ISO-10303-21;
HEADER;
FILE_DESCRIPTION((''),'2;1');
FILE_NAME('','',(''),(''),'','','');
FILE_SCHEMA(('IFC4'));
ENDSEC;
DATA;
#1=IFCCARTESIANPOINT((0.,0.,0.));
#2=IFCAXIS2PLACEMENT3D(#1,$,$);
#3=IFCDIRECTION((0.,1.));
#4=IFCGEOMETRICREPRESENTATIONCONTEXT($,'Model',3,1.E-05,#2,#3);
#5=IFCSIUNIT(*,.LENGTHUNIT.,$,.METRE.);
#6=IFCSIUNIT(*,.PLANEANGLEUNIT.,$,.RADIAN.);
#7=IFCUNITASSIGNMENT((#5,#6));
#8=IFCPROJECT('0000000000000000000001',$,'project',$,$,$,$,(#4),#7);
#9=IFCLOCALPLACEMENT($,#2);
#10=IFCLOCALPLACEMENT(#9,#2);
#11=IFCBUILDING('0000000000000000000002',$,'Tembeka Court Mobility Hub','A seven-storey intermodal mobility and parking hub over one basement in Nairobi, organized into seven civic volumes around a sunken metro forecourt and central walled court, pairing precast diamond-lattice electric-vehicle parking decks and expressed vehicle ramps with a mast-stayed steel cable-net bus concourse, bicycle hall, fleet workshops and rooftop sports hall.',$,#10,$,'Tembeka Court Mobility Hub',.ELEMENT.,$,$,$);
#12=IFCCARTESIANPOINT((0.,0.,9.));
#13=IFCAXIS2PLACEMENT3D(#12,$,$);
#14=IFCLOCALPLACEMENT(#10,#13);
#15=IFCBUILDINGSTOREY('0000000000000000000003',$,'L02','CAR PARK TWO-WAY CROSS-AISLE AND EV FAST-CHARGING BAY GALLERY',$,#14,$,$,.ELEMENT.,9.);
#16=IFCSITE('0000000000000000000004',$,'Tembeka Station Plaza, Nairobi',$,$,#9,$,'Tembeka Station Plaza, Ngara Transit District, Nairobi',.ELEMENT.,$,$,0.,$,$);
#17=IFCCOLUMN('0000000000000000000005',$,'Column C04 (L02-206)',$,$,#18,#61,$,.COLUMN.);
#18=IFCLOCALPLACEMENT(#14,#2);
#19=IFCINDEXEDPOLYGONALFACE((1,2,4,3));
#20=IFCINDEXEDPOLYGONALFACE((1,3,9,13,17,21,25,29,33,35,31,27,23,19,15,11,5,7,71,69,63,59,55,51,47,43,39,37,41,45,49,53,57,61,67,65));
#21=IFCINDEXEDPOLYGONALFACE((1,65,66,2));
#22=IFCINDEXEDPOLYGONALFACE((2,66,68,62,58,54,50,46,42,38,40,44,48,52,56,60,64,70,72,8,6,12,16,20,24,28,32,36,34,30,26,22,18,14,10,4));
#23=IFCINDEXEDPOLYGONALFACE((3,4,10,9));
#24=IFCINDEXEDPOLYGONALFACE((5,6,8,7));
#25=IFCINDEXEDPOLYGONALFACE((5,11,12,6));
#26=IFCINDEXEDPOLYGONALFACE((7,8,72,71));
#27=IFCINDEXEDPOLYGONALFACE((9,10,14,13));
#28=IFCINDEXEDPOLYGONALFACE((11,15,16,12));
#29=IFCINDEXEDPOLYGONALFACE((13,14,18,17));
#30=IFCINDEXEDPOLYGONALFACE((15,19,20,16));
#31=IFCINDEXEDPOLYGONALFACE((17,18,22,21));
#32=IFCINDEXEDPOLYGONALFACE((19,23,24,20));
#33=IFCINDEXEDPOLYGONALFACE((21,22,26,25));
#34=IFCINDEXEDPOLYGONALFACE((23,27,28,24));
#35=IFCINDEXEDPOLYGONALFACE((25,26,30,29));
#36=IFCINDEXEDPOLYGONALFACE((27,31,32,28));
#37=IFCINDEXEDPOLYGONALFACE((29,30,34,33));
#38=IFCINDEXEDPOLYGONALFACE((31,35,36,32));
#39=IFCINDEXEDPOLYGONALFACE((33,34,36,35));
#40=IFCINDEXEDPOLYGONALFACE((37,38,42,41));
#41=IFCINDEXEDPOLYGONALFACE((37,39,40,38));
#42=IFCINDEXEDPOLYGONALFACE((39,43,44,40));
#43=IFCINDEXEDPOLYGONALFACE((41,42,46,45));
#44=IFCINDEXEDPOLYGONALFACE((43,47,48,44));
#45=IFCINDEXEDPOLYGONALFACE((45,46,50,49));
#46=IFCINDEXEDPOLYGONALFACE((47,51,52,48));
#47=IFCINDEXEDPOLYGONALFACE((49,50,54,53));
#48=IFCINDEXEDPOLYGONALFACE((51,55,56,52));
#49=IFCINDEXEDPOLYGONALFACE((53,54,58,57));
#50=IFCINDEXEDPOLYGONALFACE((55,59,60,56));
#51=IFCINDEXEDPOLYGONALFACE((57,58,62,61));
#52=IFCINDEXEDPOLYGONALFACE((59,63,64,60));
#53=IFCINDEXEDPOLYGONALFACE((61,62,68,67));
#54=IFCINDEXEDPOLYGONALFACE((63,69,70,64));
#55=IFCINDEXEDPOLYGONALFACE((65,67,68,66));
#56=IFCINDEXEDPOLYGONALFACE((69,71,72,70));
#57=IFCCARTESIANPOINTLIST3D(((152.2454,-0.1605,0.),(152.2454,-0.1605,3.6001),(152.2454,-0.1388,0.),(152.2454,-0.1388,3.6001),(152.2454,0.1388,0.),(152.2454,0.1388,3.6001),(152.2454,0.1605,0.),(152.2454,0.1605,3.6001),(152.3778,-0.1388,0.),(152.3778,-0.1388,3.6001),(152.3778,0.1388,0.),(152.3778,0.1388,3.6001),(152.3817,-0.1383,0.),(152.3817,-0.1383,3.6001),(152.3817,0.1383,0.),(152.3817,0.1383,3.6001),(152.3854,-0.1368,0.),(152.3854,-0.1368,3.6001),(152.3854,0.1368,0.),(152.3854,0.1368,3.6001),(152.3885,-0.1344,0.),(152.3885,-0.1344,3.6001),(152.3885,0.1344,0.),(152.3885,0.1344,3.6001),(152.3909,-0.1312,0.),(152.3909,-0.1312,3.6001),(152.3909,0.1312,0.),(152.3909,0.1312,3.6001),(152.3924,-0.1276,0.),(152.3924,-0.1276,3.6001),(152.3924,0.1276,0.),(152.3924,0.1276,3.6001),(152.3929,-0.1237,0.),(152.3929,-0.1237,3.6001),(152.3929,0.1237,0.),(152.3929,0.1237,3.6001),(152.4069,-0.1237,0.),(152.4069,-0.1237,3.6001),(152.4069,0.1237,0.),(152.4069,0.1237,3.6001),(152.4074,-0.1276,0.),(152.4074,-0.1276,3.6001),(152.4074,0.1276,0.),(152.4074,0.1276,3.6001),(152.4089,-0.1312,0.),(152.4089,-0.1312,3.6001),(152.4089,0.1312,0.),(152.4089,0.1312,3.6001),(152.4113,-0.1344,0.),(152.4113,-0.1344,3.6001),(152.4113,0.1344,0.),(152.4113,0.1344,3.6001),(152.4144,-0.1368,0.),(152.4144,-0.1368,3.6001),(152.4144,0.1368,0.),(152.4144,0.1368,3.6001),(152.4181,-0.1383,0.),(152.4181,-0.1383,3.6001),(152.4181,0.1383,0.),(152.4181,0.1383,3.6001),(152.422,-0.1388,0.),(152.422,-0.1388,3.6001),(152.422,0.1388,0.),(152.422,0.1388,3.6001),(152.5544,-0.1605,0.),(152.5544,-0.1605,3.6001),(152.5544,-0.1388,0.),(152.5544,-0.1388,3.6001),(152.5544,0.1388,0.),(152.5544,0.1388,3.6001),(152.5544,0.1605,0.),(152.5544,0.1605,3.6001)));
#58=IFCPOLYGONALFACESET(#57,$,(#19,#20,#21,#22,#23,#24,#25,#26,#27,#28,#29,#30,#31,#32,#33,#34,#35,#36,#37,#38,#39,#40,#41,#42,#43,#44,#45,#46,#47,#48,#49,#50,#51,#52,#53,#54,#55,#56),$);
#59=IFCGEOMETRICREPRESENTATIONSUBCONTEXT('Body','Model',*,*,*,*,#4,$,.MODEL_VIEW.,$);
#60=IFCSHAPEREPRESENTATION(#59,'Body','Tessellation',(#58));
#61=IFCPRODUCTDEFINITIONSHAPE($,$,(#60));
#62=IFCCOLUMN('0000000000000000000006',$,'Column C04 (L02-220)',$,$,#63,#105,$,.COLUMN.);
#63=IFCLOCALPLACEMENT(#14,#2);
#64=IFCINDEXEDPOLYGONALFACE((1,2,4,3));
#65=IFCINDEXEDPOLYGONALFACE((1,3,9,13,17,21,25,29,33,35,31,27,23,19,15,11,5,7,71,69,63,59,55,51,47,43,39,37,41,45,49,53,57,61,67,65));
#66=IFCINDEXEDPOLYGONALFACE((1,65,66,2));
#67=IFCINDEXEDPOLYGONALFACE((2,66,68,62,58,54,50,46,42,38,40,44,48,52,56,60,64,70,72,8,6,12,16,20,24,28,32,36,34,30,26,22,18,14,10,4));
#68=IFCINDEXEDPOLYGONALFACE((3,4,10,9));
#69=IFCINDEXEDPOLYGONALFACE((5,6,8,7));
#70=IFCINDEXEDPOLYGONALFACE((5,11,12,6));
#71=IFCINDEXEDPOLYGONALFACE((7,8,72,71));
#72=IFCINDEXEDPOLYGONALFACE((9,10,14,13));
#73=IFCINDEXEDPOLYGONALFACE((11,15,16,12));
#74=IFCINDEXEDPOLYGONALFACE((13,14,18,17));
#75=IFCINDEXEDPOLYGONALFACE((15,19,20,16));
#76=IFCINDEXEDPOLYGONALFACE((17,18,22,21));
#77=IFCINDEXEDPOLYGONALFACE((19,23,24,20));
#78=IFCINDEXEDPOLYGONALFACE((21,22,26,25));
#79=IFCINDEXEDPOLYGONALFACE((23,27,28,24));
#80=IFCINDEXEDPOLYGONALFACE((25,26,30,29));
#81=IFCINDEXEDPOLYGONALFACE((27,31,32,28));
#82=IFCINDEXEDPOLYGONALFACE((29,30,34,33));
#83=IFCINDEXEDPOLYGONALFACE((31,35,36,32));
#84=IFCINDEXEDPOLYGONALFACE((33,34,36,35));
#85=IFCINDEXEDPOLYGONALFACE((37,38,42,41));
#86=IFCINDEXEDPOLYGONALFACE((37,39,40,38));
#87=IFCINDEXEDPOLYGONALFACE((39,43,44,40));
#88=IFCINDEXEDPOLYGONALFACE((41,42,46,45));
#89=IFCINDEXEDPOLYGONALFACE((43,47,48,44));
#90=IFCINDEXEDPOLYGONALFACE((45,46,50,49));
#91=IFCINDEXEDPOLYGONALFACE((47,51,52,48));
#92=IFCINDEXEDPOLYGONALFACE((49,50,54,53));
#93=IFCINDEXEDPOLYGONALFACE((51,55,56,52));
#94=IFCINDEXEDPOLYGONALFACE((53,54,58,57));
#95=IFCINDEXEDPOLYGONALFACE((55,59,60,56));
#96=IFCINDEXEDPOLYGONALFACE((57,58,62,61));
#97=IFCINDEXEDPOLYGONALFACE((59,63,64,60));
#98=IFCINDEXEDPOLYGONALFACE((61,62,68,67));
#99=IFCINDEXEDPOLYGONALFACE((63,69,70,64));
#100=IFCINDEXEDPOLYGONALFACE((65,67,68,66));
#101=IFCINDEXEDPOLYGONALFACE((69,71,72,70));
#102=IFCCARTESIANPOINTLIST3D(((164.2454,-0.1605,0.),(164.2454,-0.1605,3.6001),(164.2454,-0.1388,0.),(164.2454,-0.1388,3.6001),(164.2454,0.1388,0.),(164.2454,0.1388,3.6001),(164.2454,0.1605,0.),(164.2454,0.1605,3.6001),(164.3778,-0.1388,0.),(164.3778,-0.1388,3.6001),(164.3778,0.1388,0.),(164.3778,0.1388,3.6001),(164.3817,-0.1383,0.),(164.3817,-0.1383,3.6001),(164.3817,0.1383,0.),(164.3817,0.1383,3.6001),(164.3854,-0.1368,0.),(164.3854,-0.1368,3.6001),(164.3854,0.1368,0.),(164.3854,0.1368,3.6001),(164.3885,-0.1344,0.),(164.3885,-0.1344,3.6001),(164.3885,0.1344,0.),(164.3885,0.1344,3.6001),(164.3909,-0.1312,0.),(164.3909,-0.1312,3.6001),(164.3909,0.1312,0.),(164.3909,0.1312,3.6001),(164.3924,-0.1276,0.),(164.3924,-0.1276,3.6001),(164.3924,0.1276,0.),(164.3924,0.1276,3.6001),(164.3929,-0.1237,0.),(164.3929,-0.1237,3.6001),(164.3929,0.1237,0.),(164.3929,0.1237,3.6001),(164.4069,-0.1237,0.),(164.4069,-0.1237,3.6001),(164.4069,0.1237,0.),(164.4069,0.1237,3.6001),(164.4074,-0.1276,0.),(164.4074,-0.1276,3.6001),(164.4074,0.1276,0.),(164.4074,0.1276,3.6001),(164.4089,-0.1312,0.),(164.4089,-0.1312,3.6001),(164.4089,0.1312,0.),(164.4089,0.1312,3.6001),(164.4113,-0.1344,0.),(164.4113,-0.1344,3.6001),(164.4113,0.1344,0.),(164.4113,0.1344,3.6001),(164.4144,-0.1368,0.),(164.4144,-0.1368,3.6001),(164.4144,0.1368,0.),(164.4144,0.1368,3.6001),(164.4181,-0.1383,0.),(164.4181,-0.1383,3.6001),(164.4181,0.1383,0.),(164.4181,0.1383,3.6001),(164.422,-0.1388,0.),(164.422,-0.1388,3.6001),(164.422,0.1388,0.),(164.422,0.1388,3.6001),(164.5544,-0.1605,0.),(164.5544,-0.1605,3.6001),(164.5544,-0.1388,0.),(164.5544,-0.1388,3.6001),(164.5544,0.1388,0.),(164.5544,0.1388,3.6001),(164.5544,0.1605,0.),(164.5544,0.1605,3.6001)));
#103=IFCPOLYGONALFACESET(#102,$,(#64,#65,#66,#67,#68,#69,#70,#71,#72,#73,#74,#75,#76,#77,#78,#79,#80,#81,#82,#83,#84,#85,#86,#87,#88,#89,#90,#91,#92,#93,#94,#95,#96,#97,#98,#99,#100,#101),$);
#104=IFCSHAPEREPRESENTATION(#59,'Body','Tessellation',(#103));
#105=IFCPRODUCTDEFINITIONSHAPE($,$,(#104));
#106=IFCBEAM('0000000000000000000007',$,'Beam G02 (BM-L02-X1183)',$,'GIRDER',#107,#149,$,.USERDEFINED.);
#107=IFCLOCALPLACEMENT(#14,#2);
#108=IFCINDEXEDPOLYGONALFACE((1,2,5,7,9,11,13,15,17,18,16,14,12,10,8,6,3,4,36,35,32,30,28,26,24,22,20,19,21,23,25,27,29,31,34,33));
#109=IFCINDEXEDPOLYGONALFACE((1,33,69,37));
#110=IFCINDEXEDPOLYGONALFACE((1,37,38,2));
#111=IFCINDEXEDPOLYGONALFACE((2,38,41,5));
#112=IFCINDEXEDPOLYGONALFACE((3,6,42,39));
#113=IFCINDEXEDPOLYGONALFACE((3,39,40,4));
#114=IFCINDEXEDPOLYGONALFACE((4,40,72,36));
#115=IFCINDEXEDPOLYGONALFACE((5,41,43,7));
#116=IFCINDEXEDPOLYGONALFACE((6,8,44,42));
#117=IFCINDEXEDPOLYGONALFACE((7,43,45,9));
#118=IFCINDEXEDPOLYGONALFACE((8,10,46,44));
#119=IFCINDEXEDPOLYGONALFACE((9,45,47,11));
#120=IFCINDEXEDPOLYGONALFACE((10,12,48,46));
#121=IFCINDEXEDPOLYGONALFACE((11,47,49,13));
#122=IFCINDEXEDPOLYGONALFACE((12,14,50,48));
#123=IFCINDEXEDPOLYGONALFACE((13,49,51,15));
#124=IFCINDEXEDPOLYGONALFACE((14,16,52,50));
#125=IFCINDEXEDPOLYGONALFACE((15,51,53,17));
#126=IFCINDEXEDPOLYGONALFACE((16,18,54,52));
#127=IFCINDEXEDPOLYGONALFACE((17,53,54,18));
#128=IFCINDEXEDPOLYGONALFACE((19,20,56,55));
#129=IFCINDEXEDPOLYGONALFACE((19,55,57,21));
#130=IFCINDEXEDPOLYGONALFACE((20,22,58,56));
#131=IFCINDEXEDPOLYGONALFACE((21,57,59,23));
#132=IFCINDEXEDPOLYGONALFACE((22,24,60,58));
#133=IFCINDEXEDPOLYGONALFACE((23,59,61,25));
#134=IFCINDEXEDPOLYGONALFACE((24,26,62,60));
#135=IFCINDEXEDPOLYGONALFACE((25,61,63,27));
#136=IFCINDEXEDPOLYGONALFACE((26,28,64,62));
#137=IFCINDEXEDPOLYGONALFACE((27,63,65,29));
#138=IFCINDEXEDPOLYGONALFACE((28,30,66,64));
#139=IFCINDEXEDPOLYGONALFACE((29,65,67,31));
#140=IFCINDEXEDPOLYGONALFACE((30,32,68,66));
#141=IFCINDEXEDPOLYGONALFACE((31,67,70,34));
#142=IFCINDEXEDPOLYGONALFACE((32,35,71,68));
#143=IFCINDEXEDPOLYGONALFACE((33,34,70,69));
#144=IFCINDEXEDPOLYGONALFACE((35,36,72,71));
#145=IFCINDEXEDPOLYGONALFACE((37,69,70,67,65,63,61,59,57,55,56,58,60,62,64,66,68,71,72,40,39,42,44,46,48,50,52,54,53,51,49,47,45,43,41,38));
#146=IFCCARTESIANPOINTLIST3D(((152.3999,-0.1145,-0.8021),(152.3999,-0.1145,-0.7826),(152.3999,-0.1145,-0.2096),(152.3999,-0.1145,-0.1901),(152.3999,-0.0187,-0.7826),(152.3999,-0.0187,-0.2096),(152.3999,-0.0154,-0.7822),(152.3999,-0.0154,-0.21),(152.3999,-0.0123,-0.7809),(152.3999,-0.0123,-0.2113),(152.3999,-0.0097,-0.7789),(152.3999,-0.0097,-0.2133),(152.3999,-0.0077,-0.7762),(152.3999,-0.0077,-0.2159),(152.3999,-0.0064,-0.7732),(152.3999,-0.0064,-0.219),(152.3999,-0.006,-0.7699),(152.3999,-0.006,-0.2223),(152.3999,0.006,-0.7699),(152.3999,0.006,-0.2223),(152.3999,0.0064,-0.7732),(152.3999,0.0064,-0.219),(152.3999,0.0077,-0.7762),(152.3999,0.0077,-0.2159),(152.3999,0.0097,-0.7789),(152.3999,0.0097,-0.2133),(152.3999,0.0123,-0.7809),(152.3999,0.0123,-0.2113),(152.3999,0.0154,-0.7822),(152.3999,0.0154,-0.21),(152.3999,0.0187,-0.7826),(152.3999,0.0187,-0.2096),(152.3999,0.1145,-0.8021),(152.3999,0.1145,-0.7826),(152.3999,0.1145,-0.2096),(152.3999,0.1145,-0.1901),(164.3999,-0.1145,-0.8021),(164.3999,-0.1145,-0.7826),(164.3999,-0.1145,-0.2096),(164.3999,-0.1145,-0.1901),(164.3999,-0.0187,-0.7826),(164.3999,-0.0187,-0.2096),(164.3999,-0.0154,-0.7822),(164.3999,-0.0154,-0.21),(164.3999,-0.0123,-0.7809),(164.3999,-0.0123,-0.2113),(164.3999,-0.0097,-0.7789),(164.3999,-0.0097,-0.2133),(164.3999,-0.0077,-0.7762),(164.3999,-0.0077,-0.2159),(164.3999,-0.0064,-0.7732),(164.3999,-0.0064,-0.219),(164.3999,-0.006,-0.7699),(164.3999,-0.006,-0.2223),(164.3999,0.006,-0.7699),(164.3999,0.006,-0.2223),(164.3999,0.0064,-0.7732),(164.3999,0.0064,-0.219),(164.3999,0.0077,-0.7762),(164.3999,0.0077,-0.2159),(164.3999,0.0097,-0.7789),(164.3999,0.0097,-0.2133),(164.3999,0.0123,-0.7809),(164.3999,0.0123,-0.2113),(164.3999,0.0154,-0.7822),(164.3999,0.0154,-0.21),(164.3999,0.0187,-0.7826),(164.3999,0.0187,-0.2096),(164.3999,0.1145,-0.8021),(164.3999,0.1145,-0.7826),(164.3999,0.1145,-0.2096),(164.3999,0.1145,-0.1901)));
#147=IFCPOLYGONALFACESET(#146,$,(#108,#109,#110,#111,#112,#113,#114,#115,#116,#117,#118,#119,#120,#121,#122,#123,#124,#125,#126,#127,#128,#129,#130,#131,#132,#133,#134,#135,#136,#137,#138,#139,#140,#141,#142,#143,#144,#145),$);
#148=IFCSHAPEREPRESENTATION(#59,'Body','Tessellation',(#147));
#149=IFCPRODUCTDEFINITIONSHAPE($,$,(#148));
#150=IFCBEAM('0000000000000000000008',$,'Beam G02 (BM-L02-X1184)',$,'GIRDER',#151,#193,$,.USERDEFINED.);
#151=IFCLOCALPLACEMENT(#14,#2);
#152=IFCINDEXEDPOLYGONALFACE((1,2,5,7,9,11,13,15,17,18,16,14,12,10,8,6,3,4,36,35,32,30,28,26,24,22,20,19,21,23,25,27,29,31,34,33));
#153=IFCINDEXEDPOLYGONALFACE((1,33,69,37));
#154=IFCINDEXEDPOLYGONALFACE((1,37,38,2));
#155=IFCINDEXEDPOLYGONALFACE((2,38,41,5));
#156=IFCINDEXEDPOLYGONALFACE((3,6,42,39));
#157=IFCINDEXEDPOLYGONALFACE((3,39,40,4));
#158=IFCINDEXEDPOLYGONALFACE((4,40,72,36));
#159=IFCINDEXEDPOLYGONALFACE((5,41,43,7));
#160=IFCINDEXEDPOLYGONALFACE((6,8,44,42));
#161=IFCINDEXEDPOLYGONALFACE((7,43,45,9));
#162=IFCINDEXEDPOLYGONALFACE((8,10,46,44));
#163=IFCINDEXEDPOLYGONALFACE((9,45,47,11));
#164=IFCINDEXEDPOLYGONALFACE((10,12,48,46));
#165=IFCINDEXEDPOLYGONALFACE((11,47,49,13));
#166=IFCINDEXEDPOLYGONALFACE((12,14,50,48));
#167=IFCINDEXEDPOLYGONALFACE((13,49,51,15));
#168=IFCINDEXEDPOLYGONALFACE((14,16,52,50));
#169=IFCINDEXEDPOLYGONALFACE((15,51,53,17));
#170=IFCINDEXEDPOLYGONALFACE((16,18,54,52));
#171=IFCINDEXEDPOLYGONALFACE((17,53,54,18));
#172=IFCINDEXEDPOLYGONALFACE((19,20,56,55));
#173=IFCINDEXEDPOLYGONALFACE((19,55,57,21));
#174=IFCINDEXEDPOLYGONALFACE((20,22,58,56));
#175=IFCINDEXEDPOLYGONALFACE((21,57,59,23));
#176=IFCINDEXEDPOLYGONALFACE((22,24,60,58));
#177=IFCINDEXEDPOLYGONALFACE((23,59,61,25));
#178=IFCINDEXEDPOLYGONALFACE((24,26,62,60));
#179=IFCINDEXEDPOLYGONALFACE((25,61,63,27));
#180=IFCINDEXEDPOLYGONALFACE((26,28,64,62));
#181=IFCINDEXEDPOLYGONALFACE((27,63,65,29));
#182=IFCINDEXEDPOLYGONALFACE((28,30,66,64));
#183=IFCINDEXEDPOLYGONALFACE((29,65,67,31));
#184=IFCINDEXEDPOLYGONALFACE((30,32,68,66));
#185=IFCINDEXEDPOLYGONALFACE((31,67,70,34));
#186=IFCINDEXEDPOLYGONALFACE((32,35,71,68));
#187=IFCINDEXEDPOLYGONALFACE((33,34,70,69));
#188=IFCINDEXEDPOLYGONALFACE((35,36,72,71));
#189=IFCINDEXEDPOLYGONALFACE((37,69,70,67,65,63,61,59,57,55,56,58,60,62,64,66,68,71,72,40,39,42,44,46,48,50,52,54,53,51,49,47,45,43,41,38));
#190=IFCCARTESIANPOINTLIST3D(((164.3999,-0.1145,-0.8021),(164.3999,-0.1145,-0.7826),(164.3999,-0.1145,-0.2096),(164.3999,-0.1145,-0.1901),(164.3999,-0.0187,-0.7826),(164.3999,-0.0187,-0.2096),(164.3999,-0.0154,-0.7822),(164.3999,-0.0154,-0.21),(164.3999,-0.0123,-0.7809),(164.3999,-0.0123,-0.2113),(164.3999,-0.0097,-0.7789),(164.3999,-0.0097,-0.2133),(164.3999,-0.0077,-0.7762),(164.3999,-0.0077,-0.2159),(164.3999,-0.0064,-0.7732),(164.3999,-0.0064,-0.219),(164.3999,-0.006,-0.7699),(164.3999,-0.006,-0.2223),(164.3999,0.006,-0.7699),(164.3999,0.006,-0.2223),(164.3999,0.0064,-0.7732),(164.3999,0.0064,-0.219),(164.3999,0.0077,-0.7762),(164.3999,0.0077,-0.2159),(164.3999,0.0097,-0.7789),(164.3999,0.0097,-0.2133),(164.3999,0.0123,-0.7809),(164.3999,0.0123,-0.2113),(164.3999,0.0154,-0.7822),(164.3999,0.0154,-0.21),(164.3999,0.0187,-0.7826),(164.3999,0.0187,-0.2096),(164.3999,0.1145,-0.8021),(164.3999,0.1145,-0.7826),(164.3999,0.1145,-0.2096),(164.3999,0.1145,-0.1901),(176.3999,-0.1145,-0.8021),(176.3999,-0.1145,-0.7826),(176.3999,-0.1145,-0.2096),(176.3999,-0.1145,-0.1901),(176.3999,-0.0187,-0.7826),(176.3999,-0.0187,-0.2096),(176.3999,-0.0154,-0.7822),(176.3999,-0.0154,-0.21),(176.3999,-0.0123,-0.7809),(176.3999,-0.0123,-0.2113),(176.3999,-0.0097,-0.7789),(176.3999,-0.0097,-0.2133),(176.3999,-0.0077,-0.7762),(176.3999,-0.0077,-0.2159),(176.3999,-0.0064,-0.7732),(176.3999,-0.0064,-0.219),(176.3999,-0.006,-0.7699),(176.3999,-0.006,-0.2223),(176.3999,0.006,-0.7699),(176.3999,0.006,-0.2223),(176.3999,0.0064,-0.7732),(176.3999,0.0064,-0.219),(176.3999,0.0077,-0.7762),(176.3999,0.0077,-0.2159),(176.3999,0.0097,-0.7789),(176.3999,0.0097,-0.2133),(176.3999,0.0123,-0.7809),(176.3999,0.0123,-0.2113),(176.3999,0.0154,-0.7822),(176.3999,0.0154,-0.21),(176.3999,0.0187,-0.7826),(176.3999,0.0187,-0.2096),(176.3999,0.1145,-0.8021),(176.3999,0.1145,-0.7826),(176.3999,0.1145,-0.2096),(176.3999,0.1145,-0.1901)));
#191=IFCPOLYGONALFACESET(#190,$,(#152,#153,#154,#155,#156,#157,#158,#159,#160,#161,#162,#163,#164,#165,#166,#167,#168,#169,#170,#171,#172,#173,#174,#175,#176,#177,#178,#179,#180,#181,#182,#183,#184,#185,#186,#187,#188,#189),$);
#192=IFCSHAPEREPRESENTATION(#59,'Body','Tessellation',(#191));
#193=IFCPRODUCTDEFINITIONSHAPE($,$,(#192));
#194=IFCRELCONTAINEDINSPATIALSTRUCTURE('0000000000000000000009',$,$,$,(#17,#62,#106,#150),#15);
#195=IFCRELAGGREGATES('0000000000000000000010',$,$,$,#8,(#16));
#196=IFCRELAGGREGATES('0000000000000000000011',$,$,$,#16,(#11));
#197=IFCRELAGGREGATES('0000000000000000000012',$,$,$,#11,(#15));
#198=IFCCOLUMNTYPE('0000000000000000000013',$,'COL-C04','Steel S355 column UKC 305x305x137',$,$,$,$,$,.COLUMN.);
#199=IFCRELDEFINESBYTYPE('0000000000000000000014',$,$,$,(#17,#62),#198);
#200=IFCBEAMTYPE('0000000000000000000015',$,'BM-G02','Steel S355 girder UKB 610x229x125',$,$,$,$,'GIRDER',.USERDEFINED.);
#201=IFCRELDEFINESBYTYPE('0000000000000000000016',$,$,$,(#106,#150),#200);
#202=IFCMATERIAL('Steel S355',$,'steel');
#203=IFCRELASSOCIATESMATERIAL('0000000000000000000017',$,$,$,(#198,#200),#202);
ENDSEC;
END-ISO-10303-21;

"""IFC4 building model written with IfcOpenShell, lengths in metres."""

from ifc_helpers import new_model, si_unit, direction, frame, origin, origin_2d, place, context, subcontext, project, spatial, i_section, extrude, material, material_profile, profile_set, type_object, element, save


model = new_model("IFC4")

# Units and contexts
model_context = context("Model", 3, precision=1e-05, world=origin(), true_north=direction((0.0, 1.0)))
body_context = subcontext(model_context, "Body", "Model", "MODEL_VIEW")
ifc_project = project(units=[si_unit("LENGTHUNIT", "METRE"), si_unit("PLANEANGLEUNIT", "RADIAN")], contexts=[model_context])

# Site, building, storey
site_placement = place(None, origin())
site = spatial("IfcSite", under=ifc_project, at=site_placement, Name="Tembeka Station Plaza, Nairobi", LongName="Tembeka Station Plaza, Ngara Transit District, Nairobi", CompositionType="ELEMENT", RefElevation=0.0)
building_placement = place(site_placement, origin())
building = spatial("IfcBuilding", under=site, at=building_placement, Name="Tembeka Court Mobility Hub", Description="A seven-storey intermodal mobility and parking hub over one basement in Nairobi, organized into seven civic volumes around a sunken metro forecourt and central walled court, pairing precast diamond-lattice electric-vehicle parking decks and expressed vehicle ramps with a mast-stayed steel cable-net bus concourse, bicycle hall, fleet workshops and rooftop sports hall.", LongName="Tembeka Court Mobility Hub", CompositionType="ELEMENT")
storey_placement = place(building_placement, frame((0.0, 0.0, 9.0)))
storey = spatial("IfcBuildingStorey", under=building, at=storey_placement, Name="L02", Description="CAR PARK TWO-WAY CROSS-AISLE AND EV FAST-CHARGING BAY GALLERY", CompositionType="ELEMENT", Elevation=9.0)

# Columns
ifc_material_1 = material(Name="Steel S355", Category="steel")
ifc_material_profile_1 = material_profile(ifc_material_1, i_section(OverallWidth=0.3091, OverallDepth=0.321, WebThickness=0.0139, FlangeThickness=0.0217, FilletRadius=0.0151, at=origin_2d()), Name="UKC 305x305x137")
ifc_profile_set_1 = profile_set([ifc_material_profile_1], Name="Steel S355")
column_type = type_object("IfcColumnType", Name="COL-C04", Description="Steel S355 column UKC 305x305x137", PredefinedType="COLUMN", material=ifc_profile_set_1)
for number, where, z_axis, x_axis, name in (
    (1, (152.3999, 0.0, 0.0), (0.0, 0.0, 1.0), (1.0, 0.0, 0.0), "Column C04 (L02-206)"),
    (2, (164.3999, 0.0, 0.0), (0.0, 0.0, 1.0), (1.0, 0.0, 0.0), "Column C04 (L02-220)"),
):
    element("IfcColumn", number, at=place(storey_placement, frame(where, z_axis=z_axis, x_axis=x_axis)), inside=storey, type_object=column_type, Name=name, PredefinedType="COLUMN", context=body_context, shape_type="SweptSolid", body=[
        extrude(i_section(OverallWidth=0.3091, OverallDepth=0.321, WebThickness=0.0139, FlangeThickness=0.0217, FilletRadius=0.0151, at=origin_2d()), origin(), (0.0, 0.0, 1.0), 3.6001),
    ])

# Beams
ifc_material_profile_2 = material_profile(ifc_material_1, i_section(OverallWidth=0.229, OverallDepth=0.6121, WebThickness=0.012, FlangeThickness=0.0195, FilletRadius=0.0127, at=origin_2d()), Name="UKB 610x229x125")
ifc_profile_set_2 = profile_set([ifc_material_profile_2], Name="Steel S355")
beam_type = type_object("IfcBeamType", Name="BM-G02", Description="Steel S355 girder UKB 610x229x125", ElementType="GIRDER", PredefinedType="USERDEFINED", material=ifc_profile_set_2)
for number, where, z_axis, x_axis, name in (
    (3, (152.3999, 0.0, -0.4961), (1.0, 0.0, 0.0), (0.0, 1.0, 0.0), "Beam G02 (BM-L02-X1183)"),
    (4, (164.3999, 0.0, -0.4961), (1.0, 0.0, 0.0), (0.0, 1.0, 0.0), "Beam G02 (BM-L02-X1184)"),
):
    element("IfcBeam", number, at=place(storey_placement, frame(where, z_axis=z_axis, x_axis=x_axis)), inside=storey, type_object=beam_type, Name=name, ObjectType="GIRDER", PredefinedType="USERDEFINED", context=body_context, shape_type="SweptSolid", body=[
        extrude(i_section(OverallWidth=0.229, OverallDepth=0.6121, WebThickness=0.012, FlangeThickness=0.0195, FilletRadius=0.0127, at=origin_2d()), origin(), (0.0, 0.0, 1.0), 12.0),
    ])

save(model, "model.ifc")
